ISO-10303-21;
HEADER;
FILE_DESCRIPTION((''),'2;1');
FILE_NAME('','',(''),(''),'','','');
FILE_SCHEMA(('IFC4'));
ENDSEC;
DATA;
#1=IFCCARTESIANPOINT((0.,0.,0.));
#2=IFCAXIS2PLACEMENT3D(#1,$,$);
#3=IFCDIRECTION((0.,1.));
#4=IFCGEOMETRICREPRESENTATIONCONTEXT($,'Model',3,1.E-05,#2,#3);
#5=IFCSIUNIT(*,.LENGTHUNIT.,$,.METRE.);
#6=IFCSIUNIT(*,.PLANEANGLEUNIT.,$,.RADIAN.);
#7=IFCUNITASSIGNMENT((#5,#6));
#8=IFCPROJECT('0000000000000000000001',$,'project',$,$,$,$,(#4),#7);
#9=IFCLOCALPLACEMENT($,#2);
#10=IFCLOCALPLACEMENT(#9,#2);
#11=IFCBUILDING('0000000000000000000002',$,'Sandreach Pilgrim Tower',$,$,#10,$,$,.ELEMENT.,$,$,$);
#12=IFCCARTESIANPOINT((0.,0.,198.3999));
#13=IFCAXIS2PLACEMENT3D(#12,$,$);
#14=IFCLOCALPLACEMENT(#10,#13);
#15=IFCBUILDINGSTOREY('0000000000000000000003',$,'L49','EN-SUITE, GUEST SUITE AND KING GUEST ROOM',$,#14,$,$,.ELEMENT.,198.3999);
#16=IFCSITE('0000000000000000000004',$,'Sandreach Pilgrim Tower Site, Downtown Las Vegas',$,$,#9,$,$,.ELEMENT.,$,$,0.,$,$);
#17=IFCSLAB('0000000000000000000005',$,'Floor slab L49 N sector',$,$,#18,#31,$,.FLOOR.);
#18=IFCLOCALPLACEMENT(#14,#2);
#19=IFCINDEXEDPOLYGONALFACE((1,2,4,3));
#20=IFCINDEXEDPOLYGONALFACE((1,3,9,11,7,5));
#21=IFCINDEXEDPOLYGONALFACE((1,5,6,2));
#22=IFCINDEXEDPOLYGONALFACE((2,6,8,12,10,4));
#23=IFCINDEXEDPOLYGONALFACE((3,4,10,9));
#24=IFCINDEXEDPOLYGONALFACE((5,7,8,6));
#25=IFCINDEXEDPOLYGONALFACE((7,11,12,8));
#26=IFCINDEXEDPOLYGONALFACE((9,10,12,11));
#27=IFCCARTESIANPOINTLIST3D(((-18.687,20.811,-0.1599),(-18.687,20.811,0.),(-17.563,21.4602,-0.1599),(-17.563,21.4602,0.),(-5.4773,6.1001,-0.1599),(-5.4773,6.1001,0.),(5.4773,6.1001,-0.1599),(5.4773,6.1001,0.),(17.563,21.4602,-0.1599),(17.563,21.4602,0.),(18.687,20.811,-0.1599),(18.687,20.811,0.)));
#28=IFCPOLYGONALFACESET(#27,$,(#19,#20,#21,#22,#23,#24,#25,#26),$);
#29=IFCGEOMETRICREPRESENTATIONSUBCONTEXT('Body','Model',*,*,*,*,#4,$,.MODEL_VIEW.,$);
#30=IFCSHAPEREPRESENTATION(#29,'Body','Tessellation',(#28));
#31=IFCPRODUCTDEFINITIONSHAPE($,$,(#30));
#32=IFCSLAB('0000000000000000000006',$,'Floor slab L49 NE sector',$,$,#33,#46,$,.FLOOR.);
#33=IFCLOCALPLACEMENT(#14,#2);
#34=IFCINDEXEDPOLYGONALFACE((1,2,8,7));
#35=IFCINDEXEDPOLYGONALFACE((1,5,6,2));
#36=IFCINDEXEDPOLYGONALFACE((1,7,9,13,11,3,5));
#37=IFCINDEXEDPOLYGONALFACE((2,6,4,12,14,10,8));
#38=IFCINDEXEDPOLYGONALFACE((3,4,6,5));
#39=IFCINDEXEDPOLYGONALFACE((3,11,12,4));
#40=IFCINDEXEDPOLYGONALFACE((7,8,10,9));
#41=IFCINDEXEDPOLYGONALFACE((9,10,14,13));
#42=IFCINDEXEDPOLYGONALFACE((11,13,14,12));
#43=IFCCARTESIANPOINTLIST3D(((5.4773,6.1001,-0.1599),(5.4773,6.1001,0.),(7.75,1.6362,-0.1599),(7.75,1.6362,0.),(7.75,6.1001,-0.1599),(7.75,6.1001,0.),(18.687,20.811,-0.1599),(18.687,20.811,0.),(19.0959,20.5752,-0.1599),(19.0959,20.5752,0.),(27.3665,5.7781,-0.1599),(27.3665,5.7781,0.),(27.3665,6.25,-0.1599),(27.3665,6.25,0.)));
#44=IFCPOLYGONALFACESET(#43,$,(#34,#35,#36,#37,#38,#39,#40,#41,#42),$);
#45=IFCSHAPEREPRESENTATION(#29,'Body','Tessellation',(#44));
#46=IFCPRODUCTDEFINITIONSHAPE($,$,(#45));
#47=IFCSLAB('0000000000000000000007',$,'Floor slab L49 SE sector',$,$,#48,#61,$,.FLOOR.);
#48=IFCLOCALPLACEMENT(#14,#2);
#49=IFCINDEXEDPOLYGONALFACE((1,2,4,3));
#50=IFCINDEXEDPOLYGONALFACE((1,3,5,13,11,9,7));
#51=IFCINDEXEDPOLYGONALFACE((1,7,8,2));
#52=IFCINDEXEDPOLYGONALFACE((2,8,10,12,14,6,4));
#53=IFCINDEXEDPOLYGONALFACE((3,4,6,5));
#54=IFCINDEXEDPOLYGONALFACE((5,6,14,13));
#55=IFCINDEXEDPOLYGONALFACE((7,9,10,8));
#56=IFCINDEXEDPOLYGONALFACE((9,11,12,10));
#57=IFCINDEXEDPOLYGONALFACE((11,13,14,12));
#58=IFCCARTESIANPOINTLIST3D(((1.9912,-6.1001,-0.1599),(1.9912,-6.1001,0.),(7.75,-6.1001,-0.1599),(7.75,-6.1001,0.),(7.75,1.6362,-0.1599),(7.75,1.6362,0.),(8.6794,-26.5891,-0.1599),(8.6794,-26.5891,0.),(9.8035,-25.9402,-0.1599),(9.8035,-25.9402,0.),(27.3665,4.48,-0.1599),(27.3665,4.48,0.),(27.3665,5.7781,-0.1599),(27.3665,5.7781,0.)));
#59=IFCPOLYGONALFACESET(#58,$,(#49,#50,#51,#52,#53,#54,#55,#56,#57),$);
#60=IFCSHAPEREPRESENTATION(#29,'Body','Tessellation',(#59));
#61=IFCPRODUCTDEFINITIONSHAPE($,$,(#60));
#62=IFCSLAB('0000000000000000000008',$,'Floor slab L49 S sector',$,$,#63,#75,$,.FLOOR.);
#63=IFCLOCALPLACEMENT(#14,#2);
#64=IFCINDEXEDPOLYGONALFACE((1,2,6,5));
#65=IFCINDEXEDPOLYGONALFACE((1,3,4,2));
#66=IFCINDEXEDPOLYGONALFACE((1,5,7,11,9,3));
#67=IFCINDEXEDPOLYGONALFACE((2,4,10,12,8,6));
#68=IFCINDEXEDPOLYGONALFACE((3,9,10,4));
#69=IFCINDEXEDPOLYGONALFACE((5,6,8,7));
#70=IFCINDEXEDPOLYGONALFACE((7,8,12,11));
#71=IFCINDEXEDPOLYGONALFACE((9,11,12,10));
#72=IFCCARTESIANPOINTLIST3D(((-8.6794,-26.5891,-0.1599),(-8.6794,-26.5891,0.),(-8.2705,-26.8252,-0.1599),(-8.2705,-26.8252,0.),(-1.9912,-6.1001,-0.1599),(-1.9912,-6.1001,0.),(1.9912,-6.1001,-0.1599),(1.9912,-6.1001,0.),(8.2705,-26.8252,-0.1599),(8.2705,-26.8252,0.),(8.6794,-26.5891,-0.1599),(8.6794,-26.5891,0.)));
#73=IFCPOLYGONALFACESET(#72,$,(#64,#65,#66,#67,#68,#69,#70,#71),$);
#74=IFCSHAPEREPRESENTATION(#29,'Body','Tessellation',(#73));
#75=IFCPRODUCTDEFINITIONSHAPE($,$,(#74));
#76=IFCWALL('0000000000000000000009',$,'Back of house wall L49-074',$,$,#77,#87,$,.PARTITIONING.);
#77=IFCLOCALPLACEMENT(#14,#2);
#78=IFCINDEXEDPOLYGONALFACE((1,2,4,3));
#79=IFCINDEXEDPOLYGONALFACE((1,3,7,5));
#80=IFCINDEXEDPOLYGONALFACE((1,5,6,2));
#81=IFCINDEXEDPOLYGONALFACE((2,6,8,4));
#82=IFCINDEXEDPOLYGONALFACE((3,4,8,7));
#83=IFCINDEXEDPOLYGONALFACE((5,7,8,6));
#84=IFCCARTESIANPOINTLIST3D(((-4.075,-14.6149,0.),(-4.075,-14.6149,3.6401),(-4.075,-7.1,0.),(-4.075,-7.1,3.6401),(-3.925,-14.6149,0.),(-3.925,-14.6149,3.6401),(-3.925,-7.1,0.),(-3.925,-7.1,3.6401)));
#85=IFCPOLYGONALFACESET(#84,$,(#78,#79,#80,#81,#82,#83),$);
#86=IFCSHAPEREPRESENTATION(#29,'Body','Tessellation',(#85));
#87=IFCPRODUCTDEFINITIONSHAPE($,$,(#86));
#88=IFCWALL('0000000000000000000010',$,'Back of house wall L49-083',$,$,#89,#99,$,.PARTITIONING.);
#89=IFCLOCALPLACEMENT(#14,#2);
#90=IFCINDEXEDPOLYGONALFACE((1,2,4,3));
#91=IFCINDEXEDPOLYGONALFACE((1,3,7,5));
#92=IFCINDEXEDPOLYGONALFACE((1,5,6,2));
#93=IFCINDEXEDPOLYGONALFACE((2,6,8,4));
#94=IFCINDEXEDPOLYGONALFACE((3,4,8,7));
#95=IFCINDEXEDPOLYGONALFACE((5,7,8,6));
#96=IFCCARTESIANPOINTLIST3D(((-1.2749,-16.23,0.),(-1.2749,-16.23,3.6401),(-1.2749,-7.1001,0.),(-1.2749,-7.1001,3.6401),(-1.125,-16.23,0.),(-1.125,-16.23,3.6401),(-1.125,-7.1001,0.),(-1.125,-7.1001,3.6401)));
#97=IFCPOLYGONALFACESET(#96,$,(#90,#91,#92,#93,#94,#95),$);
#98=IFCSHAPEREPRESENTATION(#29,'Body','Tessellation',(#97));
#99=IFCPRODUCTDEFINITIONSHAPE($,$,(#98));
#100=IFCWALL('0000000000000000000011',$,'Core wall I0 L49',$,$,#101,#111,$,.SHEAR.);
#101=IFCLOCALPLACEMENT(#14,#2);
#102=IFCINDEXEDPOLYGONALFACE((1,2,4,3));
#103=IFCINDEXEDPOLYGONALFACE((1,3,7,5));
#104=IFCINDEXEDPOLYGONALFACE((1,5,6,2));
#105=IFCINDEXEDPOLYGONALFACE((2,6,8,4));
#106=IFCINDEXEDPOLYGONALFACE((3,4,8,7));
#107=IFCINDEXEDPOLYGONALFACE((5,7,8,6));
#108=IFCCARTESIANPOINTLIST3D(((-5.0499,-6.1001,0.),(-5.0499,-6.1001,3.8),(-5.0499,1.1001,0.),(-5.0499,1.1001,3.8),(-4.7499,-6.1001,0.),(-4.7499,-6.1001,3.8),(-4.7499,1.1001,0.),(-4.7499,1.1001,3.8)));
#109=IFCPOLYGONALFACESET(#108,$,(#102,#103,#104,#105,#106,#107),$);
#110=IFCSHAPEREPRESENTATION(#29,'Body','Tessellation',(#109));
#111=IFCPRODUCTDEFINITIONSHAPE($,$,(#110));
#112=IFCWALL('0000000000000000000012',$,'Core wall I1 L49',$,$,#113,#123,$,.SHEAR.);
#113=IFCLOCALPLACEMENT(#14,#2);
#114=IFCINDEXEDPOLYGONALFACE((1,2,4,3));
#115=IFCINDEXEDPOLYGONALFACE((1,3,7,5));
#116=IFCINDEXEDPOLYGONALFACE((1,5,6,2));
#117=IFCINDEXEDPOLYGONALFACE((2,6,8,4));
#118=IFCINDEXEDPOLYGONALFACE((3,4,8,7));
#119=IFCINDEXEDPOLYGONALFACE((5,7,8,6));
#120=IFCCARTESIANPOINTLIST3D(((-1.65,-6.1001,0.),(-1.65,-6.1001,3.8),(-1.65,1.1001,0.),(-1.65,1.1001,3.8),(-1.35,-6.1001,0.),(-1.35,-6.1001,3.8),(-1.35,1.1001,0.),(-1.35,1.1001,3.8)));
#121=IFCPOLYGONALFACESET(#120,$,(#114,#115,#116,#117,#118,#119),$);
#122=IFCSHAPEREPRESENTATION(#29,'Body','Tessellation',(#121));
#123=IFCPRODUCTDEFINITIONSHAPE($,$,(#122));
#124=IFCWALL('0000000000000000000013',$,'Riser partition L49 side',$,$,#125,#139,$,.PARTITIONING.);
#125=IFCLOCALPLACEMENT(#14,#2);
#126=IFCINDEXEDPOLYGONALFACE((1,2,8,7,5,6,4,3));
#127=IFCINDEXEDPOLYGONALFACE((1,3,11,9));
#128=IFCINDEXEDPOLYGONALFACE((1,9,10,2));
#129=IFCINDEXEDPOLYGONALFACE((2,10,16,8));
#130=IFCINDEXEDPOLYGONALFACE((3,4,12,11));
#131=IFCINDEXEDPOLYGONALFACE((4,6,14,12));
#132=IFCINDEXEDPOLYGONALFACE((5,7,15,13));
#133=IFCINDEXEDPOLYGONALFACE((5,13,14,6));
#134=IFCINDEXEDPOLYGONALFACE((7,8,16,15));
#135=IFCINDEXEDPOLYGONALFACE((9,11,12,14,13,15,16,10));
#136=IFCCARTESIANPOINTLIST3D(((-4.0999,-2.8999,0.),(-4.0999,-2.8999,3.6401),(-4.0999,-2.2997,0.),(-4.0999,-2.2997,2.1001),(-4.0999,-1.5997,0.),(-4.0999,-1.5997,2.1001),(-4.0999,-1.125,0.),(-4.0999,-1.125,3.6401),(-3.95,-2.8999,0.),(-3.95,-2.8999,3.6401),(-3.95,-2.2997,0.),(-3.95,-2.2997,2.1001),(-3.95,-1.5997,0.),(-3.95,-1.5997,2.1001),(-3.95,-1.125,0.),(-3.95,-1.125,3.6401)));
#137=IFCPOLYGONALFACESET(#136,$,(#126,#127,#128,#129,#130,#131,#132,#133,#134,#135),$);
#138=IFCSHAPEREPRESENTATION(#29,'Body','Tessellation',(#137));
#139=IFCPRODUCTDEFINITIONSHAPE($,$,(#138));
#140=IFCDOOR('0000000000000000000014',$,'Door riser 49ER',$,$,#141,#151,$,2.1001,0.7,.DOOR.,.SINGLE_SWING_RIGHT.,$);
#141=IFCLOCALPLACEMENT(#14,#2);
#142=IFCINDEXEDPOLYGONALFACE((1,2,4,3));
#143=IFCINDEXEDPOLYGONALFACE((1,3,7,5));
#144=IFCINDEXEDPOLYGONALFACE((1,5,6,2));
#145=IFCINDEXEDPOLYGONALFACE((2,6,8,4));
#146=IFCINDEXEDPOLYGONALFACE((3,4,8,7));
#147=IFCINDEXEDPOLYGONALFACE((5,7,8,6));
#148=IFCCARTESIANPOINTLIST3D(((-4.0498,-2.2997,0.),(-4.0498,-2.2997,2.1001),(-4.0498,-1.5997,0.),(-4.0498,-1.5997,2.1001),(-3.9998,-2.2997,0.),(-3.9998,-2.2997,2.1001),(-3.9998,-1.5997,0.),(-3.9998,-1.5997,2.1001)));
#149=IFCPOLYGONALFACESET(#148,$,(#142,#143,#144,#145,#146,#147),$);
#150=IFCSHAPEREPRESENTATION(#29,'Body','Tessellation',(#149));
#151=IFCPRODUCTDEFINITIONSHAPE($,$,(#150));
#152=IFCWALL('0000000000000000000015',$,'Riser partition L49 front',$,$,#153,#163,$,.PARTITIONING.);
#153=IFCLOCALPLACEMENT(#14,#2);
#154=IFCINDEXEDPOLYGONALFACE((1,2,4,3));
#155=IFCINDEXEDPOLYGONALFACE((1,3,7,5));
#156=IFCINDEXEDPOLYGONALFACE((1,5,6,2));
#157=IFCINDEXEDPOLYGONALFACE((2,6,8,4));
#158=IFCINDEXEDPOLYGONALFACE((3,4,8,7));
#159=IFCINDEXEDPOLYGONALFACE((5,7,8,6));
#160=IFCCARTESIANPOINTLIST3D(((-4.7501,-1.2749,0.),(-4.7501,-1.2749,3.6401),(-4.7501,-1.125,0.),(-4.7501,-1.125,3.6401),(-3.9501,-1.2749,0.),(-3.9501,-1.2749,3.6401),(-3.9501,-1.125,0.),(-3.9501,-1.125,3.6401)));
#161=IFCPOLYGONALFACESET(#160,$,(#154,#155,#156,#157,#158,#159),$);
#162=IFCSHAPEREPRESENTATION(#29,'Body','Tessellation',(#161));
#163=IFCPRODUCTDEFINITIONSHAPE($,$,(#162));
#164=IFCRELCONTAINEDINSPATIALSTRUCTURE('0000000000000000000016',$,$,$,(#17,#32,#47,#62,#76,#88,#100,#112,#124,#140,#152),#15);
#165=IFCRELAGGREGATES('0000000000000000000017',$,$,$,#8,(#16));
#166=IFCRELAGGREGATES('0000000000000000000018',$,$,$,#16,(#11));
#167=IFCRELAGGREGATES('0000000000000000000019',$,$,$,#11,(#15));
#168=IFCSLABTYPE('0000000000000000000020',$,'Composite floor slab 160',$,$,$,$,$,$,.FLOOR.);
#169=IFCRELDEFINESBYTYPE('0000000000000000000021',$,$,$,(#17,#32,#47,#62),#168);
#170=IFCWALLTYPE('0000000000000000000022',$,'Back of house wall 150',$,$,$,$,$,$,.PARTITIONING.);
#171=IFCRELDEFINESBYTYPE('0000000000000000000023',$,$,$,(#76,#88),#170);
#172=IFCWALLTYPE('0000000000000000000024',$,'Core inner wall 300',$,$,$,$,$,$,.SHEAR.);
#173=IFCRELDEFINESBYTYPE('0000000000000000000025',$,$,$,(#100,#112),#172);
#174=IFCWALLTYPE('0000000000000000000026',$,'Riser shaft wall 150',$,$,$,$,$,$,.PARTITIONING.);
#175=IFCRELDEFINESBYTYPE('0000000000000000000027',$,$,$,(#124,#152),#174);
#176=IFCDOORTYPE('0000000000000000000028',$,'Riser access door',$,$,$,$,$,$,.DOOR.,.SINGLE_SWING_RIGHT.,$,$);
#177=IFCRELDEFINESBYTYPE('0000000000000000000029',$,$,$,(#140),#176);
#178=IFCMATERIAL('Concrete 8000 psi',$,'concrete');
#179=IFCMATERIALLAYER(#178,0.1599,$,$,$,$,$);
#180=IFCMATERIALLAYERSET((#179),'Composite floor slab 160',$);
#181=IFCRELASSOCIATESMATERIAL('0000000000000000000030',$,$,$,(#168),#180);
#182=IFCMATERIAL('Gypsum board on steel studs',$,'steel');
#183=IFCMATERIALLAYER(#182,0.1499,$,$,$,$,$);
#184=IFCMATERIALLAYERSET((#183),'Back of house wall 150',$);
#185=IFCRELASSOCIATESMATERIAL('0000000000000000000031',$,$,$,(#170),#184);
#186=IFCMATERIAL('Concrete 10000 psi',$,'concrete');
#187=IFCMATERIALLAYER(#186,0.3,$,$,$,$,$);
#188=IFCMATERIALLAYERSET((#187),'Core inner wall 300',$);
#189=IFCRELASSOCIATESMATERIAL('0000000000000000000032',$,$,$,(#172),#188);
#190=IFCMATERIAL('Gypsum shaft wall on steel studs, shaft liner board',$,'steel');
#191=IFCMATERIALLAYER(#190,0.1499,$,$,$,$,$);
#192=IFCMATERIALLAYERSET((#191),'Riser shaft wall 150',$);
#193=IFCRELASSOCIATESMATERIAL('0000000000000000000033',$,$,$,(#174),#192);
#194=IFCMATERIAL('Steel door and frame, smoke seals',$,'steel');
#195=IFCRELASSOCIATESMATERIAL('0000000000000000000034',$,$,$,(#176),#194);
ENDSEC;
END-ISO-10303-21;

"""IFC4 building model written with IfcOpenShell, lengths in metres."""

from ifc_helpers import new_model, si_unit, direction, frame, frame_2d, origin, place, context, subcontext, project, spatial, polyline, rectangle, outline, extrude, material, layer, layer_set, type_object, element, fill, save


model = new_model("IFC4")

# Units and contexts
model_context = context("Model", 3, precision=1e-05, world=origin(), true_north=direction((0.0, 1.0)))
body_context = subcontext(model_context, "Body", "Model", "MODEL_VIEW")
ifc_project = project(units=[si_unit("LENGTHUNIT", "METRE"), si_unit("PLANEANGLEUNIT", "RADIAN")], contexts=[model_context])

# Site, building, storey
site_placement = place(None, origin())
site = spatial("IfcSite", under=ifc_project, at=site_placement, Name="Sandreach Pilgrim Tower Site, Downtown Las Vegas", CompositionType="ELEMENT", RefElevation=0.0)
building_placement = place(site_placement, origin())
building = spatial("IfcBuilding", under=site, at=building_placement, Name="Sandreach Pilgrim Tower", CompositionType="ELEMENT")
storey_placement = place(building_placement, frame((0.0, 0.0, 198.3999)))
storey = spatial("IfcBuildingStorey", under=building, at=storey_placement, Name="L49", Description="EN-SUITE, GUEST SUITE AND KING GUEST ROOM", CompositionType="ELEMENT", Elevation=198.3999)

# Slabs
ifc_material_1 = material(Name="Concrete 8000 psi", Category="concrete")
ifc_layer_1 = layer(ifc_material_1, 0.1599)
ifc_layer_set_1 = layer_set([ifc_layer_1], Name="Composite floor slab 160")
slab_type = type_object("IfcSlabType", Name="Composite floor slab 160", PredefinedType="FLOOR", material=ifc_layer_set_1)
slab_1_placement = place(storey_placement, frame((0.0, 0.0, -0.1599)))
element("IfcSlab", 1, at=slab_1_placement, inside=storey, type_object=slab_type, Name="Floor slab L49 N sector", PredefinedType="FLOOR", context=body_context, shape_type="SweptSolid", body=[
    extrude(outline(polyline([(-17.563, 21.4602), (17.563, 21.4602), (18.687, 20.811), (5.4773, 6.1001), (-5.4773, 6.1001), (-18.687, 20.811), (-17.563, 21.4602)])), origin(), (0.0, 0.0, 1.0), 0.1599),
])
slab_2_placement = place(storey_placement, frame((0.0, 0.0, -0.1599)))
element("IfcSlab", 2, at=slab_2_placement, inside=storey, type_object=slab_type, Name="Floor slab L49 NE sector", PredefinedType="FLOOR", context=body_context, shape_type="SweptSolid", body=[
    extrude(outline(polyline([(19.0959, 20.5752), (27.3665, 6.25), (27.3665, 5.7781), (7.75, 1.6362), (7.75, 6.1001), (5.4773, 6.1001), (18.687, 20.811), (19.0959, 20.5752)])), origin(), (0.0, 0.0, 1.0), 0.1599),
])
slab_3_placement = place(storey_placement, frame((0.0, 0.0, -0.1599)))
element("IfcSlab", 3, at=slab_3_placement, inside=storey, type_object=slab_type, Name="Floor slab L49 SE sector", PredefinedType="FLOOR", context=body_context, shape_type="SweptSolid", body=[
    extrude(outline(polyline([(27.3665, 4.48), (9.8035, -25.9402), (8.6794, -26.5891), (1.9912, -6.1001), (7.75, -6.1001), (7.75, 1.6362), (27.3665, 5.7781), (27.3665, 4.48)])), origin(), (0.0, 0.0, 1.0), 0.1599),
])
slab_4_placement = place(storey_placement, frame((0.0, 0.0, -0.1599)))
element("IfcSlab", 4, at=slab_4_placement, inside=storey, type_object=slab_type, Name="Floor slab L49 S sector", PredefinedType="FLOOR", context=body_context, shape_type="SweptSolid", body=[
    extrude(outline(polyline([(8.2705, -26.8252), (-8.2705, -26.8252), (-8.6794, -26.5891), (-1.9912, -6.1001), (1.9912, -6.1001), (8.6794, -26.5891), (8.2705, -26.8252)])), origin(), (0.0, 0.0, 1.0), 0.1599),
])

# Walls
ifc_material_2 = material(Name="Gypsum board on steel studs", Category="steel")
ifc_layer_2 = layer(ifc_material_2, 0.1499)
ifc_layer_set_2 = layer_set([ifc_layer_2], Name="Back of house wall 150")
wall_type_1 = type_object("IfcWallType", Name="Back of house wall 150", PredefinedType="PARTITIONING", material=ifc_layer_set_2)
wall_1_placement = place(storey_placement, frame((-4.0, -7.1001, 0.0), z_axis=(0.0, 0.0, 1.0), x_axis=(0.0, -1.0, 0.0)))
element("IfcWall", 5, at=wall_1_placement, inside=storey, type_object=wall_type_1, Name="Back of house wall L49-074", PredefinedType="PARTITIONING", context=body_context, shape_type="SweptSolid", body=[
    extrude(rectangle(XDim=7.5149, YDim=0.1499, at=frame_2d((3.7573, 0.0))), origin(), (0.0, 0.0, 1.0), 3.6401),
])
wall_2_placement = place(storey_placement, frame((-1.2, -7.1001, 0.0), z_axis=(0.0, 0.0, 1.0), x_axis=(0.0, -1.0, 0.0)))
element("IfcWall", 6, at=wall_2_placement, inside=storey, type_object=wall_type_1, Name="Back of house wall L49-083", PredefinedType="PARTITIONING", context=body_context, shape_type="SweptSolid", body=[
    extrude(rectangle(XDim=9.1299, YDim=0.1499, at=frame_2d((4.5649, 0.0))), origin(), (0.0, 0.0, 1.0), 3.6401),
])
ifc_material_3 = material(Name="Concrete 10000 psi", Category="concrete")
ifc_layer_3 = layer(ifc_material_3, 0.3)
ifc_layer_set_3 = layer_set([ifc_layer_3], Name="Core inner wall 300")
wall_type_2 = type_object("IfcWallType", Name="Core inner wall 300", PredefinedType="SHEAR", material=ifc_layer_set_3)
for number, where, z_axis, x_axis, name in (
    (7, (-4.8999, -6.1001, 0.0), (0.0, 0.0, 1.0), (0.0, 1.0, 0.0), "Core wall I0 L49"),
    (8, (-1.5, -6.1001, 0.0), (0.0, 0.0, 1.0), (0.0, 1.0, 0.0), "Core wall I1 L49"),
):
    element("IfcWall", number, at=place(storey_placement, frame(where, z_axis=z_axis, x_axis=x_axis)), inside=storey, type_object=wall_type_2, Name=name, PredefinedType="SHEAR", context=body_context, shape_type="SweptSolid", body=[
        extrude(rectangle(XDim=7.2002, YDim=0.3, at=frame_2d((3.6001, 0.0))), origin(), (0.0, 0.0, 1.0), 3.8),
    ])

# Wall, opening, door
ifc_material_4 = material(Name="Gypsum shaft wall on steel studs, shaft liner board", Category="steel")
ifc_layer_4 = layer(ifc_material_4, 0.1499)
ifc_layer_set_4 = layer_set([ifc_layer_4], Name="Riser shaft wall 150")
wall_type_3 = type_object("IfcWallType", Name="Riser shaft wall 150", PredefinedType="PARTITIONING", material=ifc_layer_set_4)
wall_3_placement = place(storey_placement, frame((-4.0249, -2.8999, 0.0), z_axis=(0.0, 0.0, 1.0), x_axis=(0.0, 1.0, 0.0)))
wall_3 = element("IfcWall", 9, at=wall_3_placement, inside=storey, type_object=wall_type_3, Name="Riser partition L49 side", PredefinedType="PARTITIONING", context=body_context, shape_type="SweptSolid", body=[
    extrude(rectangle(XDim=1.7749, YDim=0.1499, at=frame_2d((0.8875, 0.0))), origin(), (0.0, 0.0, 1.0), 3.6401),
])
opening_1_placement = place(wall_3_placement, frame((0.6001, 0.0, 0.0)))
opening_1 = element("IfcOpeningElement", 10, at=opening_1_placement, cuts=wall_3, PredefinedType="OPENING", context=body_context, shape_type="SweptSolid", body=[
    extrude(rectangle(XDim=0.7, YDim=2.1001, at=frame_2d((0.3501, 1.05))), frame((0.0, 0.075, 0.0), z_axis=(0.0, -1.0, 0.0), x_axis=(1.0, 0.0, 0.0)), (0.0, 0.0, 1.0), 0.1499),
])
ifc_material_5 = material(Name="Steel door and frame, smoke seals", Category="steel")
door_type_1 = type_object("IfcDoorType", Name="Riser access door", OperationType="SINGLE_SWING_RIGHT", PredefinedType="DOOR", material=ifc_material_5)
door_1_placement = place(opening_1_placement, origin())
door_1 = element("IfcDoor", 11, at=door_1_placement, inside=storey, type_object=door_type_1, Name="Door riser 49ER", OperationType="SINGLE_SWING_RIGHT", OverallHeight=2.1001, OverallWidth=0.7, PredefinedType="DOOR", context=body_context, shape_type="SweptSolid", body=[
    extrude(rectangle(XDim=0.7, YDim=2.1001, at=frame_2d((0.3501, 1.05))), frame((0.0, 0.0249, 0.0), z_axis=(0.0, -1.0, 0.0), x_axis=(1.0, 0.0, 0.0)), (0.0, 0.0, 1.0), 0.05),
])
fill(opening_1, door_1)

# Wall
wall_4_placement = place(storey_placement, frame((-4.75, -1.2, 0.0), z_axis=(0.0, 0.0, 1.0), x_axis=(1.0, 0.0, 0.0)))
element("IfcWall", 12, at=wall_4_placement, inside=storey, type_object=wall_type_3, Name="Riser partition L49 front", PredefinedType="PARTITIONING", context=body_context, shape_type="SweptSolid", body=[
    extrude(rectangle(XDim=0.8, YDim=0.1499, at=frame_2d((0.3999, 0.0))), origin(), (0.0, 0.0, 1.0), 3.6401),
])

save(model, "model.ifc")
